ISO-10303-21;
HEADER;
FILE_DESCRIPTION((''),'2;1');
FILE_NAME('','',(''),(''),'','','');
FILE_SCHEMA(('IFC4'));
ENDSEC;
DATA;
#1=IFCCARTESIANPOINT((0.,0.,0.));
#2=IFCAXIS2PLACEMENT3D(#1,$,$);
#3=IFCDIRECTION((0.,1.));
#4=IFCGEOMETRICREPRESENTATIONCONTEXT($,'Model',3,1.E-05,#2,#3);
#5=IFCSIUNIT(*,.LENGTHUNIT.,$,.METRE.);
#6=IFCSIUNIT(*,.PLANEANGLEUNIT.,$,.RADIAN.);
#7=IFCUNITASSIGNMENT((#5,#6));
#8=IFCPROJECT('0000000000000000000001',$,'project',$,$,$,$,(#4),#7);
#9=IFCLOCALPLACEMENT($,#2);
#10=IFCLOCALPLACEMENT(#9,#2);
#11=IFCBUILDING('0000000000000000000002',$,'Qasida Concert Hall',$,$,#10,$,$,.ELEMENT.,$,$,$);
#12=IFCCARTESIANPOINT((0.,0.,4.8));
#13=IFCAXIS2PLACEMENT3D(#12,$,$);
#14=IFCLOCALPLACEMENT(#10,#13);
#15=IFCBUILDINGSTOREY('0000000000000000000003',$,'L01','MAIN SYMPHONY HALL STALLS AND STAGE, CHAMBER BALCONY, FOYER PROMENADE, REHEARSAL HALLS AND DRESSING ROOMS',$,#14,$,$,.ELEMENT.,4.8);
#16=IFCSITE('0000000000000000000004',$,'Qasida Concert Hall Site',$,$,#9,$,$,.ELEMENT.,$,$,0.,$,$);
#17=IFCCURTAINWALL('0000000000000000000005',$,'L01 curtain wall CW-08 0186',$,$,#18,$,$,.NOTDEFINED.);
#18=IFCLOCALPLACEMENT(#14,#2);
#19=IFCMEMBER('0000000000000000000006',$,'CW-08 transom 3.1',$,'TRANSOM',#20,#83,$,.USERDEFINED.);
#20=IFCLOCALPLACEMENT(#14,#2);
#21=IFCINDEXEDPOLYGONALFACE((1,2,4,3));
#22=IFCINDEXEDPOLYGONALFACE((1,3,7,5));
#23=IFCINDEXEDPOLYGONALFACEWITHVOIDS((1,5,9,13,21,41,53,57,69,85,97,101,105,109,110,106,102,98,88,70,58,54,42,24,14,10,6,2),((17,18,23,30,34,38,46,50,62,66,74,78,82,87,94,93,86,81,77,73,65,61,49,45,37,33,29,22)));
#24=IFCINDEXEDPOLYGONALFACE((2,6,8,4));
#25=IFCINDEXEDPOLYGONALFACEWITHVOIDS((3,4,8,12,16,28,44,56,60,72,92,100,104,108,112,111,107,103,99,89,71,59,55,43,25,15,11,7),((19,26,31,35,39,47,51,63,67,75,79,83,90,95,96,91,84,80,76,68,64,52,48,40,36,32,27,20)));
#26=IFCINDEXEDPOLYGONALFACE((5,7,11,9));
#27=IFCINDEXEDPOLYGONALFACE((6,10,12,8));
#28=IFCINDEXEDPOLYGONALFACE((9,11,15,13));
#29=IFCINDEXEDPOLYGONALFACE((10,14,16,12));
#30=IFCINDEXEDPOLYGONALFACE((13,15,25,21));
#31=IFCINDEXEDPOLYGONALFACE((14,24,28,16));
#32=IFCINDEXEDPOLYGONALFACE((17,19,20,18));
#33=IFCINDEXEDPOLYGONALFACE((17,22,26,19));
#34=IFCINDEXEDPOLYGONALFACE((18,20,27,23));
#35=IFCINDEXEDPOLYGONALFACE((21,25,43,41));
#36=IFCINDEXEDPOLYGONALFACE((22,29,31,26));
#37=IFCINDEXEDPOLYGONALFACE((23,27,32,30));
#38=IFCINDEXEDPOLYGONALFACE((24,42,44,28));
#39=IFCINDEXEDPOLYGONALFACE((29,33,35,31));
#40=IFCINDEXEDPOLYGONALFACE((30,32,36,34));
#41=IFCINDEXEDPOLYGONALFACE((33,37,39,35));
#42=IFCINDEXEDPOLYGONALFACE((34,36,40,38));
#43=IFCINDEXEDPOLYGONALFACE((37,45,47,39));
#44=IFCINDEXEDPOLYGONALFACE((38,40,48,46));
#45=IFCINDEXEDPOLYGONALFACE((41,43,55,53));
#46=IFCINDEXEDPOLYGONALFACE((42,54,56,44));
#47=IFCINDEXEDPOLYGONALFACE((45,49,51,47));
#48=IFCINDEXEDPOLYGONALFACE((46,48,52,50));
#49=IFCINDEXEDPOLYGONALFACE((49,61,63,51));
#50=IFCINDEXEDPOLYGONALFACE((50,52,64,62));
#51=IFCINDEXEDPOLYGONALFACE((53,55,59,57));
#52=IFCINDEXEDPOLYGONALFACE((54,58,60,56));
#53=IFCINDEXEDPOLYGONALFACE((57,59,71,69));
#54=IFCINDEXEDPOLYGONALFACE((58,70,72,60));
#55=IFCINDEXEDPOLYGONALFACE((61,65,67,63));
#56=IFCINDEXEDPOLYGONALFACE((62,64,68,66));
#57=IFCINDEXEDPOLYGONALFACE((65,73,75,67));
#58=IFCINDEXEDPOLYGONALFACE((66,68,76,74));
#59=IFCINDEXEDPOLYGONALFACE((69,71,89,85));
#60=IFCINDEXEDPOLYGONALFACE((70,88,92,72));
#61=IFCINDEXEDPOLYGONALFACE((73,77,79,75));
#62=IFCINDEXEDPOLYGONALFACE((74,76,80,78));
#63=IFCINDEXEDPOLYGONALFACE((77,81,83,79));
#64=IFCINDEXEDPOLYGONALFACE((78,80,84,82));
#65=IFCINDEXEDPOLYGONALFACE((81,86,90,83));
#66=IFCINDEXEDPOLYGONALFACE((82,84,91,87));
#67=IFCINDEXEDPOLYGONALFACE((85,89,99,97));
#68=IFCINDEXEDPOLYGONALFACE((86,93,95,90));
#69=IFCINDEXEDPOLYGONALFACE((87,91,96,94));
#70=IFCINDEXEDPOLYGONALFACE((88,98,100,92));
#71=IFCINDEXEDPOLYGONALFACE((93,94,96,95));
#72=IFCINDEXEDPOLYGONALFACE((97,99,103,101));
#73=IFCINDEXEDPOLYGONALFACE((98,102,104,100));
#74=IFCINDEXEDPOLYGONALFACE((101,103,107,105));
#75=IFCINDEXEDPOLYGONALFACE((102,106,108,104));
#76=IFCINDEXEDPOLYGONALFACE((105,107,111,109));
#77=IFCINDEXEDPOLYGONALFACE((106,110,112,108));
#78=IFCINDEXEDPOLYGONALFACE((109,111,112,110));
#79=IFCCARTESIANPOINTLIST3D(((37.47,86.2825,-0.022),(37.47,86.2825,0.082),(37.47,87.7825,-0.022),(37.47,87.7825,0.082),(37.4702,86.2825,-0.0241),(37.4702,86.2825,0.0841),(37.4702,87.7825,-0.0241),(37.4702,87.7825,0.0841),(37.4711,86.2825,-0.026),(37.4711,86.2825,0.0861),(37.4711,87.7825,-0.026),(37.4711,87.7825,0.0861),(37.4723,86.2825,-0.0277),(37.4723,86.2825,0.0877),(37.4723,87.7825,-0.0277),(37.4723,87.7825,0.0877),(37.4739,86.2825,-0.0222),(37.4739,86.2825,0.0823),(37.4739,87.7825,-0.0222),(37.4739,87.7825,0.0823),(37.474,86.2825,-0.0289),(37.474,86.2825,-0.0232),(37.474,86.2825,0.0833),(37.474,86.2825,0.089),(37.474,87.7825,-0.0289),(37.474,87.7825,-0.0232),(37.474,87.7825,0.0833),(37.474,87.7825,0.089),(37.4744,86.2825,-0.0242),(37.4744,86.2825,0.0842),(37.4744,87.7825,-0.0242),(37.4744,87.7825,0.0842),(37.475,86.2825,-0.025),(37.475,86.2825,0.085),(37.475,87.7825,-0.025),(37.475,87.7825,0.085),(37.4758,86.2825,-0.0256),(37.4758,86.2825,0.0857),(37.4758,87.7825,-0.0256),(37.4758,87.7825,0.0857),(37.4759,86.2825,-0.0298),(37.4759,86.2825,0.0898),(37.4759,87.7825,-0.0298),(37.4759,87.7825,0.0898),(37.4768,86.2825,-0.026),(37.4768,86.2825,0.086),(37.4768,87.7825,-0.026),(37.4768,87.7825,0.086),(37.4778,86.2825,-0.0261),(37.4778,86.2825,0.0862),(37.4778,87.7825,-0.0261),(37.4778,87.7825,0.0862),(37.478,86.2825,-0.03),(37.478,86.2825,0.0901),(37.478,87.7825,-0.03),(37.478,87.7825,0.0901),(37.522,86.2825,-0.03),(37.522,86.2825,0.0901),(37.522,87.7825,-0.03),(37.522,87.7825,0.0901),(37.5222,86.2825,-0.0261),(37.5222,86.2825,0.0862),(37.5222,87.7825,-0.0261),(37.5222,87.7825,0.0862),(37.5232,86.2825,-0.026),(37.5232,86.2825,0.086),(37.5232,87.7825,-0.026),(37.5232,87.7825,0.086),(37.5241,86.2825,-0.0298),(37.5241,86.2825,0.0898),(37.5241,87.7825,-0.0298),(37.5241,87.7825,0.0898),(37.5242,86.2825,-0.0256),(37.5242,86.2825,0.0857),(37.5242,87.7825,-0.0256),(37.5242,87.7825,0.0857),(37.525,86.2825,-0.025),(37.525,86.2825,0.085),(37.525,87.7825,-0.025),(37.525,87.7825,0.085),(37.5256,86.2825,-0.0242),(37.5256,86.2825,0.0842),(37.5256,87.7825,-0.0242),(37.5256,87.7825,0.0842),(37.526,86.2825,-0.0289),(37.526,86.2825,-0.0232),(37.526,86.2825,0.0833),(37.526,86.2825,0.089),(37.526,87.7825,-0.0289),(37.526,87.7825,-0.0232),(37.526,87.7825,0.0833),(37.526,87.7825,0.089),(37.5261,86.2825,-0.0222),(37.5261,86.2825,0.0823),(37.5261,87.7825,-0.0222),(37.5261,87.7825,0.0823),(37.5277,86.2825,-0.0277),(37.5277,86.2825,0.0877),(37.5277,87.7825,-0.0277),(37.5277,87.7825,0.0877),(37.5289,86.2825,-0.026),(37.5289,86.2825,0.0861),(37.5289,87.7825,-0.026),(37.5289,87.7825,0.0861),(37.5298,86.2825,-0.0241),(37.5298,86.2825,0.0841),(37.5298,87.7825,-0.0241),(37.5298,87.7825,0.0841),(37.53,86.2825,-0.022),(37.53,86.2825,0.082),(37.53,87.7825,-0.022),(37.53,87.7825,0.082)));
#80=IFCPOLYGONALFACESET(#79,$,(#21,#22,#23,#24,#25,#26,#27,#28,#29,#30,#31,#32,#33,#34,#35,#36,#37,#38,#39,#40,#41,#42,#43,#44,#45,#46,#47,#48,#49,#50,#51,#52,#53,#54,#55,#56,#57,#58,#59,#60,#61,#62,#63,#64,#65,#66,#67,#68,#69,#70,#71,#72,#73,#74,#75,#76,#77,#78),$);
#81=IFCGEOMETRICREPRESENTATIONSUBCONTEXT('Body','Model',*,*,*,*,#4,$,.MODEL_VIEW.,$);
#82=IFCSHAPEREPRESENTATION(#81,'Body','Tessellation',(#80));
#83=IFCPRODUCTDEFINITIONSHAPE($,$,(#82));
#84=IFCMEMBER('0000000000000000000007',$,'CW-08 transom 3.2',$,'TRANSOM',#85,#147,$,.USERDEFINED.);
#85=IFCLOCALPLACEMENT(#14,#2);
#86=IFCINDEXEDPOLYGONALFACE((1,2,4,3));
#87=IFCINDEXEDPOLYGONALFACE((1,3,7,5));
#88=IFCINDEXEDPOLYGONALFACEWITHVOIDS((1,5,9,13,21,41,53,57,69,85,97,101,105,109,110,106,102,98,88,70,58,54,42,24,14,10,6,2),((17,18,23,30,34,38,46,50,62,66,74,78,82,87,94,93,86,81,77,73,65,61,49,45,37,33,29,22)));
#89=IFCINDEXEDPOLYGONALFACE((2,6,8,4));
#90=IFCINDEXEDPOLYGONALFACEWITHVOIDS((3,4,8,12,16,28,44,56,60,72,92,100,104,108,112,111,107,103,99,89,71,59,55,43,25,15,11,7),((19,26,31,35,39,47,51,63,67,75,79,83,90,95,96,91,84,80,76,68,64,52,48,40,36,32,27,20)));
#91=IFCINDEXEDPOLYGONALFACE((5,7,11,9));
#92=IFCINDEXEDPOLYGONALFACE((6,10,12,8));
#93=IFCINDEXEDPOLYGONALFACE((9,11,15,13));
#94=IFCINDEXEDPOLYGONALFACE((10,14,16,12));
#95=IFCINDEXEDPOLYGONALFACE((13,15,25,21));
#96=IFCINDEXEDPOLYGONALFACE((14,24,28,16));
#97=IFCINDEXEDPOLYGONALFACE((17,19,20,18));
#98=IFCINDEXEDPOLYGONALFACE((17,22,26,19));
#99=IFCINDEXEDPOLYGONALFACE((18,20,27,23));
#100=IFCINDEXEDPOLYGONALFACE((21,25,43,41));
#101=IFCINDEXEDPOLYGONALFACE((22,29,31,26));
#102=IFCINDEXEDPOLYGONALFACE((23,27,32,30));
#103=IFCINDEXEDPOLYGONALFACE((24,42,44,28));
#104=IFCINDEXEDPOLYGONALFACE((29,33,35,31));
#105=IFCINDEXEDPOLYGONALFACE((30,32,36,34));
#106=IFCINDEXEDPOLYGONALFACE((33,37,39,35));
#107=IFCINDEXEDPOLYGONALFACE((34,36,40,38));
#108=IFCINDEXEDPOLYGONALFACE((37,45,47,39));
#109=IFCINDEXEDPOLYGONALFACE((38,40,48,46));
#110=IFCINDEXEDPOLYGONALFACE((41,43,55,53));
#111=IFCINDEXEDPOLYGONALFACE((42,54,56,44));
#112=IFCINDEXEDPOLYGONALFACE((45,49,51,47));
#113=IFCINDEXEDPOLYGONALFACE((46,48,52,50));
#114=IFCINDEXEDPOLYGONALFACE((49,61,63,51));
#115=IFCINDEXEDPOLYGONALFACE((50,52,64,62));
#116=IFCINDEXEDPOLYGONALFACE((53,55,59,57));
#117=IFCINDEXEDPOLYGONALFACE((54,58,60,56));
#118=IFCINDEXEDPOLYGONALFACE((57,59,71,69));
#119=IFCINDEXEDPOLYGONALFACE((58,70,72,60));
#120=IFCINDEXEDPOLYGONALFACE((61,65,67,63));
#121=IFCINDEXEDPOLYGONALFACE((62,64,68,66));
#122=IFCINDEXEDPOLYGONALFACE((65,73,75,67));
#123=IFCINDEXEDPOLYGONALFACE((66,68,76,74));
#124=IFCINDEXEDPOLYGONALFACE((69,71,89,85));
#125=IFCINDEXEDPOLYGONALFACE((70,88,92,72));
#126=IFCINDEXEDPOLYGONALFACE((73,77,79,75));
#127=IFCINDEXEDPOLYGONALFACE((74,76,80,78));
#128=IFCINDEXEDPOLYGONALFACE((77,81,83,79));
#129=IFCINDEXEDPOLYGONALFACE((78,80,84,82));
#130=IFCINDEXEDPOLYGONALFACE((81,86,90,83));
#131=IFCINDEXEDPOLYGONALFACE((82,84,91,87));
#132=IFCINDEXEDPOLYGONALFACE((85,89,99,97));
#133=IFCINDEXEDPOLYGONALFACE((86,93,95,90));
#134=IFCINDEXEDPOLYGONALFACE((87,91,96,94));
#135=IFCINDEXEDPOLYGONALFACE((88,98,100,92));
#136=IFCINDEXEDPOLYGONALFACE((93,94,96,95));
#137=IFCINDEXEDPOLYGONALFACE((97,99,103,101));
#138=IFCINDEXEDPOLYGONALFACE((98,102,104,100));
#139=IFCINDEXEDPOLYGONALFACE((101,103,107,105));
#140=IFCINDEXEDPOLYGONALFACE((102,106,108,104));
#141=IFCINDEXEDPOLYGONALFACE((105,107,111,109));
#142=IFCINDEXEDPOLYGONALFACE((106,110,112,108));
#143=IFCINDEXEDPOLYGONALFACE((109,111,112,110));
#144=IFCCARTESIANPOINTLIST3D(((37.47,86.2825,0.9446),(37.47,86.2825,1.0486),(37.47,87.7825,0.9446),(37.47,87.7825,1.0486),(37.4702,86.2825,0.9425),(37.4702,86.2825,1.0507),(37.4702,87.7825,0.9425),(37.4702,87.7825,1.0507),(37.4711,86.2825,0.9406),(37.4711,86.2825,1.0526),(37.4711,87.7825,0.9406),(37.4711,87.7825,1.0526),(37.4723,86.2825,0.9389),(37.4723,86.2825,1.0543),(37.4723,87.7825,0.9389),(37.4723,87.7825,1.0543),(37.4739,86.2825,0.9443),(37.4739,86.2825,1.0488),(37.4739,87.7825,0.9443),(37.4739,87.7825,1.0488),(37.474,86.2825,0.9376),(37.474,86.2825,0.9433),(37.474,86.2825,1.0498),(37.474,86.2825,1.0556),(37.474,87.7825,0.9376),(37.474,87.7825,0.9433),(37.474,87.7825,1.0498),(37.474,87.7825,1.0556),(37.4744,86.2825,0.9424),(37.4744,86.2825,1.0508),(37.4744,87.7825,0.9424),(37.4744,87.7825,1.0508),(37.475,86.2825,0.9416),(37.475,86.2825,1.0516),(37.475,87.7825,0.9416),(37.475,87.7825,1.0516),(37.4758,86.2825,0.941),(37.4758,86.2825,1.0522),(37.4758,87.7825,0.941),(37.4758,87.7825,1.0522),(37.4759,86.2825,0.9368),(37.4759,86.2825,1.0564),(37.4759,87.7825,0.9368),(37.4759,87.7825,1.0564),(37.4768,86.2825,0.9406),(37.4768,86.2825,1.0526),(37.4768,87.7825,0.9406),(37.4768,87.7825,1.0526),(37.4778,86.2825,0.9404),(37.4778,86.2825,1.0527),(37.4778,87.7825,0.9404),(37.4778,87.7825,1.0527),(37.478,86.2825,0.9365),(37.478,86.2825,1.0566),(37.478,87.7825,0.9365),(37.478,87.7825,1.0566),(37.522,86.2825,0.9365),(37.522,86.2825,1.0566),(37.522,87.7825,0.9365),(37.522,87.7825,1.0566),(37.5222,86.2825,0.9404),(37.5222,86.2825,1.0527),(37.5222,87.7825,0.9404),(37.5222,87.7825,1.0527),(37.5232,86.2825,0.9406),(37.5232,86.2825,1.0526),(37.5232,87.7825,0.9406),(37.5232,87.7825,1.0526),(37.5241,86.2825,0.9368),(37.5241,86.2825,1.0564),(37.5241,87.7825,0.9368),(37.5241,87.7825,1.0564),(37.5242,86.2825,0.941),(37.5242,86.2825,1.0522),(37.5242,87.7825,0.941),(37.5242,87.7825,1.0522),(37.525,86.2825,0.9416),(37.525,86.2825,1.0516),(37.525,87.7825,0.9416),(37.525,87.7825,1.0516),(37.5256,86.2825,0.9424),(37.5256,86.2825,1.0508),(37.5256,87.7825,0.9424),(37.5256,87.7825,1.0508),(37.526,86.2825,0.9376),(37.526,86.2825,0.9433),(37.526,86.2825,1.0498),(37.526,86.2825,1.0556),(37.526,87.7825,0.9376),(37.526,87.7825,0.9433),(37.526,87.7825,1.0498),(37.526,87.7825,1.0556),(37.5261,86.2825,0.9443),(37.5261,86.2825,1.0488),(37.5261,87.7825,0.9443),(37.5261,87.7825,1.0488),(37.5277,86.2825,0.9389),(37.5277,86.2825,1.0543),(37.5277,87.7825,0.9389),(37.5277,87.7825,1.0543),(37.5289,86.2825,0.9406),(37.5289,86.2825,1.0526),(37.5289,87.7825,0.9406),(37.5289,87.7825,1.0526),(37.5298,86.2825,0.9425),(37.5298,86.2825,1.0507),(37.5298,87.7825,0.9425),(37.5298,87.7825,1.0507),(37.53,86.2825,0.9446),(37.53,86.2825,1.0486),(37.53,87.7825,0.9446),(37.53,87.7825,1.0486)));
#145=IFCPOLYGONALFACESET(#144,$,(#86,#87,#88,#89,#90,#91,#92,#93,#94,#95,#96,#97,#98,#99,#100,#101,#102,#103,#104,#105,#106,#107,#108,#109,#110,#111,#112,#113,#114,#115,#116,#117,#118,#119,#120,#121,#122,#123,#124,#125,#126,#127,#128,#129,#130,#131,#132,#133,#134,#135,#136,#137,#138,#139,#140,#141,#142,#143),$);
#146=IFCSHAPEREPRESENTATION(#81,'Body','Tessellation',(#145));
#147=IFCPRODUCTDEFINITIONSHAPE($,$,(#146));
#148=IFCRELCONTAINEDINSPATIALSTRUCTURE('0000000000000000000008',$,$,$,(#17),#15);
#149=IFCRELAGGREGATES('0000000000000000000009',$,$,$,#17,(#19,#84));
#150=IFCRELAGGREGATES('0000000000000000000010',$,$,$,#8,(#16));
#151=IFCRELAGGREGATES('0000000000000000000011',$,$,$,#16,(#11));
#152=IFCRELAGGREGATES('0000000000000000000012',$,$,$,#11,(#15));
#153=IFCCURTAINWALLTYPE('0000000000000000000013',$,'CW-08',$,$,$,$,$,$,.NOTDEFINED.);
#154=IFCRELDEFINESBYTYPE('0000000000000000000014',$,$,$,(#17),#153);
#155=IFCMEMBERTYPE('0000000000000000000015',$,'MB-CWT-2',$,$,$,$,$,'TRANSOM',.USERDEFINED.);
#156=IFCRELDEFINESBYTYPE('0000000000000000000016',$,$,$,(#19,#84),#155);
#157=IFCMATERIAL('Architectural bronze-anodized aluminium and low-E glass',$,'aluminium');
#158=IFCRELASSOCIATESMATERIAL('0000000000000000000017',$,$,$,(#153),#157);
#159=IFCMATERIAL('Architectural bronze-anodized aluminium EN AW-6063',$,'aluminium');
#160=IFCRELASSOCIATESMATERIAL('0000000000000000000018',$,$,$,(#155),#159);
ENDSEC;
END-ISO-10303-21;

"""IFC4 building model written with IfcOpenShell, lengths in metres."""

from ifc_helpers import new_model, si_unit, direction, frame, origin, origin_2d, place, context, subcontext, project, spatial, hollow_rectangle, extrude, material, material_profile, profile_set, type_object, element, aggregate, save


model = new_model("IFC4")

# Units and contexts
model_context = context("Model", 3, precision=1e-05, world=origin(), true_north=direction((0.0, 1.0)))
body_context = subcontext(model_context, "Body", "Model", "MODEL_VIEW")
ifc_project = project(units=[si_unit("LENGTHUNIT", "METRE"), si_unit("PLANEANGLEUNIT", "RADIAN")], contexts=[model_context])

# Site, building, storey
site_placement = place(None, origin())
site = spatial("IfcSite", under=ifc_project, at=site_placement, Name="Qasida Concert Hall Site", CompositionType="ELEMENT", RefElevation=0.0)
building_placement = place(site_placement, origin())
building = spatial("IfcBuilding", under=site, at=building_placement, Name="Qasida Concert Hall", CompositionType="ELEMENT")
storey_placement = place(building_placement, frame((0.0, 0.0, 4.8)))
storey = spatial("IfcBuildingStorey", under=building, at=storey_placement, Name="L01", Description="MAIN SYMPHONY HALL STALLS AND STAGE, CHAMBER BALCONY, FOYER PROMENADE, REHEARSAL HALLS AND DRESSING ROOMS", CompositionType="ELEMENT", Elevation=4.8)

# Curtain wall, members
ifc_material_1 = material(Name="Architectural bronze-anodized aluminium and low-E glass", Category="aluminium")
curtain_wall_type = type_object("IfcCurtainWallType", Name="CW-08", PredefinedType="NOTDEFINED", material=ifc_material_1)
curtain_wall_placement = place(storey_placement, origin())
curtain_wall = element("IfcCurtainWall", 1, at=curtain_wall_placement, inside=storey, type_object=curtain_wall_type, Name="L01 curtain wall CW-08 0186", PredefinedType="NOTDEFINED")
ifc_material_2 = material(Name="Architectural bronze-anodized aluminium EN AW-6063", Category="aluminium")
ifc_material_profile_1 = material_profile(ifc_material_2, hollow_rectangle(XDim=0.0601, YDim=0.1201, WallThickness=0.0039, InnerFilletRadius=0.0039, OuterFilletRadius=0.0081, at=origin_2d()), Name="CWT 120x60x4")
ifc_profile_set_1 = profile_set([ifc_material_profile_1], Name="Architectural bronze-anodized aluminium EN AW-6063")
member_type = type_object("IfcMemberType", Name="MB-CWT-2", ElementType="TRANSOM", PredefinedType="USERDEFINED", material=ifc_profile_set_1)
member_1_placement = place(storey_placement, frame((37.5, 86.2825, 0.03), z_axis=(0.0, 1.0, 0.0), x_axis=(-1.0, 0.0, 0.0)))
member_1 = element("IfcMember", 2, at=member_1_placement, type_object=member_type, Name="CW-08 transom 3.1", ObjectType="TRANSOM", PredefinedType="USERDEFINED", context=body_context, shape_type="SweptSolid", body=[
    extrude(hollow_rectangle(XDim=0.0601, YDim=0.1201, WallThickness=0.0039, InnerFilletRadius=0.0039, OuterFilletRadius=0.0081, at=origin_2d()), origin(), (0.0, 0.0, 1.0), 1.5),
])
member_2_placement = place(storey_placement, frame((37.5, 86.2825, 0.9966), z_axis=(0.0, 1.0, 0.0), x_axis=(-1.0, 0.0, 0.0)))
member_2 = element("IfcMember", 3, at=member_2_placement, type_object=member_type, Name="CW-08 transom 3.2", ObjectType="TRANSOM", PredefinedType="USERDEFINED", context=body_context, shape_type="SweptSolid", body=[
    extrude(hollow_rectangle(XDim=0.0601, YDim=0.1201, WallThickness=0.0039, InnerFilletRadius=0.0039, OuterFilletRadius=0.0081, at=origin_2d()), origin(), (0.0, 0.0, 1.0), 1.5),
])
aggregate(curtain_wall, [member_1, member_2])

save(model, "model.ifc")
